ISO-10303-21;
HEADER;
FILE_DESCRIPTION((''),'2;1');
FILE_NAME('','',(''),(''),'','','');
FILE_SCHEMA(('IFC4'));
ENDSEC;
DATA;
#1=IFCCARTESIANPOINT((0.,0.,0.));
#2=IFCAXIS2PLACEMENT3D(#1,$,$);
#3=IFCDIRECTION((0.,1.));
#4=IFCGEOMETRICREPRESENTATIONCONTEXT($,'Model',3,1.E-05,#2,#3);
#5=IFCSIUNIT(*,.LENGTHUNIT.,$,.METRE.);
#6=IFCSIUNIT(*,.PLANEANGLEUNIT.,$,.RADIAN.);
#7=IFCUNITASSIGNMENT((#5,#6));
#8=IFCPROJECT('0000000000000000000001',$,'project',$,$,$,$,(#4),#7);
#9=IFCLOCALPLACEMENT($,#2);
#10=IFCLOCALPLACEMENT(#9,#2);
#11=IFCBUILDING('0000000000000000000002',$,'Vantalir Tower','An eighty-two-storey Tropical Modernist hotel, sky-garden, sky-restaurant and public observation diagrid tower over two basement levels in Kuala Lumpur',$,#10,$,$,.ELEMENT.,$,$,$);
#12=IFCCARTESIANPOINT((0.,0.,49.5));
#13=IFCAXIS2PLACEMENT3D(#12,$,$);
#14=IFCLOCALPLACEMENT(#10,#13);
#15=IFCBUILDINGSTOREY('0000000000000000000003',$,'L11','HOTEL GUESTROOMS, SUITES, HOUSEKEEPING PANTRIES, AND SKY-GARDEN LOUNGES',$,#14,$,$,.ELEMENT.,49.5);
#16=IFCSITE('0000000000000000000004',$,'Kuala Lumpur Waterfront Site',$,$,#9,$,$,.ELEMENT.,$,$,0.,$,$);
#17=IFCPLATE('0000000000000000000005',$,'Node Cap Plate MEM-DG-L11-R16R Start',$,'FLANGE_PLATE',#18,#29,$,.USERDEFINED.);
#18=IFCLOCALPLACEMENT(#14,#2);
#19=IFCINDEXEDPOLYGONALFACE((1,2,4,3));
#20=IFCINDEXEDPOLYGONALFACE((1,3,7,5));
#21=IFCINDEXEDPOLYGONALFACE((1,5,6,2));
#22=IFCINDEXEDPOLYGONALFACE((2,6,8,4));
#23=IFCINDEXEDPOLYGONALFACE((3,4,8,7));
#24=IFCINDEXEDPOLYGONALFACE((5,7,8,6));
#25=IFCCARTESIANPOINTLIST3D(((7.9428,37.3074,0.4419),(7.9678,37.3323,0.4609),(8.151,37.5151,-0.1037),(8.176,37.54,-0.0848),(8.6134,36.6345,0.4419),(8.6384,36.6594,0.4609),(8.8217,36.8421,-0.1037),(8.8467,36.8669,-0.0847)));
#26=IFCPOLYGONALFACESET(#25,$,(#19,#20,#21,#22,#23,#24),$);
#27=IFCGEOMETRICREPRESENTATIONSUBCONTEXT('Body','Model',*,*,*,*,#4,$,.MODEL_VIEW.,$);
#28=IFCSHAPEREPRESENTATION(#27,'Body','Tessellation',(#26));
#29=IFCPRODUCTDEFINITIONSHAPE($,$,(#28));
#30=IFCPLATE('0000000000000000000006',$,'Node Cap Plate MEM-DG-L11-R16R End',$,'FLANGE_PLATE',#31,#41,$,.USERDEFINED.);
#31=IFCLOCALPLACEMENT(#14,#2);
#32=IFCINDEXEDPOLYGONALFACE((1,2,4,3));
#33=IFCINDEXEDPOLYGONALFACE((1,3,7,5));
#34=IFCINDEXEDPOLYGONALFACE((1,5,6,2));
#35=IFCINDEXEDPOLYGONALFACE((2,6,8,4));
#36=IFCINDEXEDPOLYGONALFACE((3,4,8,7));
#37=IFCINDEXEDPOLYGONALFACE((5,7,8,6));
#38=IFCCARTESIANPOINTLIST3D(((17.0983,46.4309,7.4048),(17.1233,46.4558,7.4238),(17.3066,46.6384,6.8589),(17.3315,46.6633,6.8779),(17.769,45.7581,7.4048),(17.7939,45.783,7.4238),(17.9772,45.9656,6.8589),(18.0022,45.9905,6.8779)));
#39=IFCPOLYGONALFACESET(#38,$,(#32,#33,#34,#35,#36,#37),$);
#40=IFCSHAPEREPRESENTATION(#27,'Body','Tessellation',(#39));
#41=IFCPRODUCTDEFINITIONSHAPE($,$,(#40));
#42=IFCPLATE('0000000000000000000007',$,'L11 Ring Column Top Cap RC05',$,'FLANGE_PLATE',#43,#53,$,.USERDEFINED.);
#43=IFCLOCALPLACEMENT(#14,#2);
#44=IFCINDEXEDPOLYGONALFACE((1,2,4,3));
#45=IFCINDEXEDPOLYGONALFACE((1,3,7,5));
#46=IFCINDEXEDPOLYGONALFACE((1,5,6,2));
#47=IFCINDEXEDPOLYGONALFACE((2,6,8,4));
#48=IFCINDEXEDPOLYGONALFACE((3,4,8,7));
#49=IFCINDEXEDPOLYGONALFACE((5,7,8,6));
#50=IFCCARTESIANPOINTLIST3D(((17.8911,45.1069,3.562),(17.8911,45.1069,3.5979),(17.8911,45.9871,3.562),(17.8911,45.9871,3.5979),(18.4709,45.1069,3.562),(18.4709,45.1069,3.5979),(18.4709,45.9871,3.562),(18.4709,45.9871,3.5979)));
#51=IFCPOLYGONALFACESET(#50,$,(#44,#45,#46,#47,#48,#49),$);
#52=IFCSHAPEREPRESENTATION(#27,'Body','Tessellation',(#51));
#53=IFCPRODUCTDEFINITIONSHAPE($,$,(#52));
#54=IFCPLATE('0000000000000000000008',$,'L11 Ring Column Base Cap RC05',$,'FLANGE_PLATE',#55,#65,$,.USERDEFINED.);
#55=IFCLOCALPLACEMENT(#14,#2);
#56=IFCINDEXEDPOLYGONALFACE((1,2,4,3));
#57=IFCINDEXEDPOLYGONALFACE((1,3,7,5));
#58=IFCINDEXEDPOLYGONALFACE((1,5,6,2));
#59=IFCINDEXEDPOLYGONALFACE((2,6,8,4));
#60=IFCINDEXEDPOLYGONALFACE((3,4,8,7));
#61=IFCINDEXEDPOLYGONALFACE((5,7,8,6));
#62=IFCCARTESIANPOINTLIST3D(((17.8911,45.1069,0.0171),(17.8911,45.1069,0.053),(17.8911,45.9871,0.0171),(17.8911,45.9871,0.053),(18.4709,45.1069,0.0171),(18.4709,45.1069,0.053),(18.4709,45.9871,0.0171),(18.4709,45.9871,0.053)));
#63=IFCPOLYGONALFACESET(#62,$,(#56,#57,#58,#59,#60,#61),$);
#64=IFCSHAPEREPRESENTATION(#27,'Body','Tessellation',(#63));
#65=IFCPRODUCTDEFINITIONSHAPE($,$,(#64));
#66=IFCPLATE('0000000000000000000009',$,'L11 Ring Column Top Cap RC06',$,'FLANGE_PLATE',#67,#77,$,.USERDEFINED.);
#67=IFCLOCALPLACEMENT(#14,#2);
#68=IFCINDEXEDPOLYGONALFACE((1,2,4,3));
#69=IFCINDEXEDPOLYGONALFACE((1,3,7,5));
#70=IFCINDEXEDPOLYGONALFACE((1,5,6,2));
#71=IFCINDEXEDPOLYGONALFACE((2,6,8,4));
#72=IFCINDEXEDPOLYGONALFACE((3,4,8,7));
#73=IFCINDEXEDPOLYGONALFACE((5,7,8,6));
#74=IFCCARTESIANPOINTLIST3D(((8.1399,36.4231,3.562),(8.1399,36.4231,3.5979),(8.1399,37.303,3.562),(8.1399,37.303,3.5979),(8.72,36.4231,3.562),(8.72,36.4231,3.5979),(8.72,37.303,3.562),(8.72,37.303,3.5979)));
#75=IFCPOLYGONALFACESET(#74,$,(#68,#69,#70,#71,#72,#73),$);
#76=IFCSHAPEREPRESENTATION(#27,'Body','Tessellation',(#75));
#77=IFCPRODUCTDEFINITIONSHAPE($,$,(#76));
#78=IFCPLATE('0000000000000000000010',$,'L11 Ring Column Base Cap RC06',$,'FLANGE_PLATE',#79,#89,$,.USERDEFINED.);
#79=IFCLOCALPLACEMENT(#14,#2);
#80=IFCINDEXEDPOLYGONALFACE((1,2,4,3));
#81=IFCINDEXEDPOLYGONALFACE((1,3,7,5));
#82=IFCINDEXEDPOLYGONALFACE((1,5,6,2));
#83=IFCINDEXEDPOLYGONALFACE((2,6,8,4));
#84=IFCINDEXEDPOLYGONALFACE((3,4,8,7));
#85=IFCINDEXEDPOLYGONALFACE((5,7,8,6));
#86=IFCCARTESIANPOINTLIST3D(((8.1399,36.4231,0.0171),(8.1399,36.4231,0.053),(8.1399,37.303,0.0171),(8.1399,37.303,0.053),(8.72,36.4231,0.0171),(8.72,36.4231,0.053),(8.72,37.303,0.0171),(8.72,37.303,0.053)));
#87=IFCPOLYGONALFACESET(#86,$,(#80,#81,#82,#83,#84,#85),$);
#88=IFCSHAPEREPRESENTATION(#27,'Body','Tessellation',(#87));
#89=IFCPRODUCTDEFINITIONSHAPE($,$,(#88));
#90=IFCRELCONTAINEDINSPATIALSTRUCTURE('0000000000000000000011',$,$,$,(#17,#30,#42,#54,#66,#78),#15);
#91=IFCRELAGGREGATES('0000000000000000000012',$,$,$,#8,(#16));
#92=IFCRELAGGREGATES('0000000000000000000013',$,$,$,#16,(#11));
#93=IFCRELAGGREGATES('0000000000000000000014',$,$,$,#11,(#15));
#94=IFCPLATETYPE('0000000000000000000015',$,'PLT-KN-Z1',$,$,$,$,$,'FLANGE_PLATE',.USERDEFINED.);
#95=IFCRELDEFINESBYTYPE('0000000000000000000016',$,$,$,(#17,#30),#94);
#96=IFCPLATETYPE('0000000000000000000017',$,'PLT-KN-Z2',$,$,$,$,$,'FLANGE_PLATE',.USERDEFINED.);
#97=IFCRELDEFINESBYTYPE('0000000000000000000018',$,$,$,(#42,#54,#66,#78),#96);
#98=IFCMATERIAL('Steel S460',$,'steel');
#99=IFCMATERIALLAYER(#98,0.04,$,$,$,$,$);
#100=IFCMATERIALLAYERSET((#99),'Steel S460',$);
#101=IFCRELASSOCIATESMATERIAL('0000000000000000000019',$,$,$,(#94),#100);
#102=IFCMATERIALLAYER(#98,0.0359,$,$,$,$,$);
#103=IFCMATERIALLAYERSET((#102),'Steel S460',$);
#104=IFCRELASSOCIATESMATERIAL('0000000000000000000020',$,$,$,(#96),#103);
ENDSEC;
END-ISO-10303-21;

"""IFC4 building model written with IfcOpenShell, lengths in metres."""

from ifc_helpers import new_model, si_unit, direction, frame, origin, place, context, subcontext, project, spatial, polyline, outline, extrude, material, layer, layer_set, type_object, element, save


model = new_model("IFC4")

# Units and contexts
model_context = context("Model", 3, precision=1e-05, world=origin(), true_north=direction((0.0, 1.0)))
body_context = subcontext(model_context, "Body", "Model", "MODEL_VIEW")
ifc_project = project(units=[si_unit("LENGTHUNIT", "METRE"), si_unit("PLANEANGLEUNIT", "RADIAN")], contexts=[model_context])

# Site, building, storey
site_placement = place(None, origin())
site = spatial("IfcSite", under=ifc_project, at=site_placement, Name="Kuala Lumpur Waterfront Site", CompositionType="ELEMENT", RefElevation=0.0)
building_placement = place(site_placement, origin())
building = spatial("IfcBuilding", under=site, at=building_placement, Name="Vantalir Tower", Description="An eighty-two-storey Tropical Modernist hotel, sky-garden, sky-restaurant and public observation diagrid tower over two basement levels in Kuala Lumpur", CompositionType="ELEMENT")
storey_placement = place(building_placement, frame((0.0, 0.0, 49.5)))
storey = spatial("IfcBuildingStorey", under=building, at=storey_placement, Name="L11", Description="HOTEL GUESTROOMS, SUITES, HOUSEKEEPING PANTRIES, AND SKY-GARDEN LOUNGES", CompositionType="ELEMENT", Elevation=49.5)

# Shared definitions
ifc_material_1 = material(Name="Steel S460", Category="steel")

# Plates
ifc_layer_1 = layer(ifc_material_1, 0.04)
ifc_layer_set_1 = layer_set([ifc_layer_1], Name="Steel S460")
plate_type_1 = type_object("IfcPlateType", Name="PLT-KN-Z1", ElementType="FLANGE_PLATE", PredefinedType="USERDEFINED", material=ifc_layer_set_1)
plate_1_placement = place(storey_placement, frame((8.8467, 36.8669, -0.0847), z_axis=(0.623533, 0.621384, 0.474434), x_axis=(-0.705871, 0.708341, -0.000038)))
element("IfcPlate", 1, at=plate_1_placement, inside=storey, type_object=plate_type_1, Name="Node Cap Plate MEM-DG-L11-R16R Start", ObjectType="FLANGE_PLATE", PredefinedType="USERDEFINED", context=body_context, shape_type="SweptSolid", body=[
    extrude(outline(polyline([(0.0, 0.0), (0.9502, 0.0), (0.95, 0.6199), (0.0, 0.6198), (0.0, 0.0)])), origin(), (0.0, 0.0, -1.0), 0.04),
])
plate_2_placement = place(storey_placement, frame((18.0022, 45.9905, 6.8779), z_axis=(0.623581, 0.621544, 0.474162), x_axis=(-0.705949, 0.708262, 0.0)))
element("IfcPlate", 2, at=plate_2_placement, inside=storey, type_object=plate_type_1, Name="Node Cap Plate MEM-DG-L11-R16R End", ObjectType="FLANGE_PLATE", PredefinedType="USERDEFINED", context=body_context, shape_type="SweptSolid", body=[
    extrude(outline(polyline([(0.0, 0.0), (0.95, 0.0), (0.95, 0.62), (0.0, 0.62), (0.0, 0.0)])), origin(), (0.0, 0.0, -1.0), 0.04),
])
ifc_layer_2 = layer(ifc_material_1, 0.0359)
ifc_layer_set_2 = layer_set([ifc_layer_2], Name="Steel S460")
plate_type_2 = type_object("IfcPlateType", Name="PLT-KN-Z2", ElementType="FLANGE_PLATE", PredefinedType="USERDEFINED", material=ifc_layer_set_2)
for number, where, z_axis, x_axis, name in (
    (3, (17.8911, 45.9871, 3.5979), (0.0, 0.0, 1.0), (0.0, -1.0, 0.0), "L11 Ring Column Top Cap RC05"),
    (4, (17.8911, 45.9871, 0.053), (0.0, 0.0, 1.0), (0.0, -1.0, 0.0), "L11 Ring Column Base Cap RC05"),
):
    element("IfcPlate", number, at=place(storey_placement, frame(where, z_axis=z_axis, x_axis=x_axis)), inside=storey, type_object=plate_type_2, Name=name, ObjectType="FLANGE_PLATE", PredefinedType="USERDEFINED", context=body_context, shape_type="SweptSolid", body=[
        extrude(outline(polyline([(0.0, 0.0), (0.8801, 0.0), (0.8801, 0.5798), (0.0, 0.5798), (0.0, 0.0)])), origin(), (0.0, 0.0, -1.0), 0.0359),
    ])
for number, where, z_axis, x_axis, name in (
    (5, (8.1399, 37.303, 3.5979), (0.0, 0.0, 1.0), (0.0, -1.0, 0.0), "L11 Ring Column Top Cap RC06"),
    (6, (8.1399, 37.303, 0.053), (0.0, 0.0, 1.0), (0.0, -1.0, 0.0), "L11 Ring Column Base Cap RC06"),
):
    element("IfcPlate", number, at=place(storey_placement, frame(where, z_axis=z_axis, x_axis=x_axis)), inside=storey, type_object=plate_type_2, Name=name, ObjectType="FLANGE_PLATE", PredefinedType="USERDEFINED", context=body_context, shape_type="SweptSolid", body=[
        extrude(outline(polyline([(0.0, 0.0), (0.8799, 0.0), (0.8799, 0.5801), (0.0, 0.5801), (0.0, 0.0)])), origin(), (0.0, 0.0, -1.0), 0.0359),
    ])

save(model, "model.ifc")
